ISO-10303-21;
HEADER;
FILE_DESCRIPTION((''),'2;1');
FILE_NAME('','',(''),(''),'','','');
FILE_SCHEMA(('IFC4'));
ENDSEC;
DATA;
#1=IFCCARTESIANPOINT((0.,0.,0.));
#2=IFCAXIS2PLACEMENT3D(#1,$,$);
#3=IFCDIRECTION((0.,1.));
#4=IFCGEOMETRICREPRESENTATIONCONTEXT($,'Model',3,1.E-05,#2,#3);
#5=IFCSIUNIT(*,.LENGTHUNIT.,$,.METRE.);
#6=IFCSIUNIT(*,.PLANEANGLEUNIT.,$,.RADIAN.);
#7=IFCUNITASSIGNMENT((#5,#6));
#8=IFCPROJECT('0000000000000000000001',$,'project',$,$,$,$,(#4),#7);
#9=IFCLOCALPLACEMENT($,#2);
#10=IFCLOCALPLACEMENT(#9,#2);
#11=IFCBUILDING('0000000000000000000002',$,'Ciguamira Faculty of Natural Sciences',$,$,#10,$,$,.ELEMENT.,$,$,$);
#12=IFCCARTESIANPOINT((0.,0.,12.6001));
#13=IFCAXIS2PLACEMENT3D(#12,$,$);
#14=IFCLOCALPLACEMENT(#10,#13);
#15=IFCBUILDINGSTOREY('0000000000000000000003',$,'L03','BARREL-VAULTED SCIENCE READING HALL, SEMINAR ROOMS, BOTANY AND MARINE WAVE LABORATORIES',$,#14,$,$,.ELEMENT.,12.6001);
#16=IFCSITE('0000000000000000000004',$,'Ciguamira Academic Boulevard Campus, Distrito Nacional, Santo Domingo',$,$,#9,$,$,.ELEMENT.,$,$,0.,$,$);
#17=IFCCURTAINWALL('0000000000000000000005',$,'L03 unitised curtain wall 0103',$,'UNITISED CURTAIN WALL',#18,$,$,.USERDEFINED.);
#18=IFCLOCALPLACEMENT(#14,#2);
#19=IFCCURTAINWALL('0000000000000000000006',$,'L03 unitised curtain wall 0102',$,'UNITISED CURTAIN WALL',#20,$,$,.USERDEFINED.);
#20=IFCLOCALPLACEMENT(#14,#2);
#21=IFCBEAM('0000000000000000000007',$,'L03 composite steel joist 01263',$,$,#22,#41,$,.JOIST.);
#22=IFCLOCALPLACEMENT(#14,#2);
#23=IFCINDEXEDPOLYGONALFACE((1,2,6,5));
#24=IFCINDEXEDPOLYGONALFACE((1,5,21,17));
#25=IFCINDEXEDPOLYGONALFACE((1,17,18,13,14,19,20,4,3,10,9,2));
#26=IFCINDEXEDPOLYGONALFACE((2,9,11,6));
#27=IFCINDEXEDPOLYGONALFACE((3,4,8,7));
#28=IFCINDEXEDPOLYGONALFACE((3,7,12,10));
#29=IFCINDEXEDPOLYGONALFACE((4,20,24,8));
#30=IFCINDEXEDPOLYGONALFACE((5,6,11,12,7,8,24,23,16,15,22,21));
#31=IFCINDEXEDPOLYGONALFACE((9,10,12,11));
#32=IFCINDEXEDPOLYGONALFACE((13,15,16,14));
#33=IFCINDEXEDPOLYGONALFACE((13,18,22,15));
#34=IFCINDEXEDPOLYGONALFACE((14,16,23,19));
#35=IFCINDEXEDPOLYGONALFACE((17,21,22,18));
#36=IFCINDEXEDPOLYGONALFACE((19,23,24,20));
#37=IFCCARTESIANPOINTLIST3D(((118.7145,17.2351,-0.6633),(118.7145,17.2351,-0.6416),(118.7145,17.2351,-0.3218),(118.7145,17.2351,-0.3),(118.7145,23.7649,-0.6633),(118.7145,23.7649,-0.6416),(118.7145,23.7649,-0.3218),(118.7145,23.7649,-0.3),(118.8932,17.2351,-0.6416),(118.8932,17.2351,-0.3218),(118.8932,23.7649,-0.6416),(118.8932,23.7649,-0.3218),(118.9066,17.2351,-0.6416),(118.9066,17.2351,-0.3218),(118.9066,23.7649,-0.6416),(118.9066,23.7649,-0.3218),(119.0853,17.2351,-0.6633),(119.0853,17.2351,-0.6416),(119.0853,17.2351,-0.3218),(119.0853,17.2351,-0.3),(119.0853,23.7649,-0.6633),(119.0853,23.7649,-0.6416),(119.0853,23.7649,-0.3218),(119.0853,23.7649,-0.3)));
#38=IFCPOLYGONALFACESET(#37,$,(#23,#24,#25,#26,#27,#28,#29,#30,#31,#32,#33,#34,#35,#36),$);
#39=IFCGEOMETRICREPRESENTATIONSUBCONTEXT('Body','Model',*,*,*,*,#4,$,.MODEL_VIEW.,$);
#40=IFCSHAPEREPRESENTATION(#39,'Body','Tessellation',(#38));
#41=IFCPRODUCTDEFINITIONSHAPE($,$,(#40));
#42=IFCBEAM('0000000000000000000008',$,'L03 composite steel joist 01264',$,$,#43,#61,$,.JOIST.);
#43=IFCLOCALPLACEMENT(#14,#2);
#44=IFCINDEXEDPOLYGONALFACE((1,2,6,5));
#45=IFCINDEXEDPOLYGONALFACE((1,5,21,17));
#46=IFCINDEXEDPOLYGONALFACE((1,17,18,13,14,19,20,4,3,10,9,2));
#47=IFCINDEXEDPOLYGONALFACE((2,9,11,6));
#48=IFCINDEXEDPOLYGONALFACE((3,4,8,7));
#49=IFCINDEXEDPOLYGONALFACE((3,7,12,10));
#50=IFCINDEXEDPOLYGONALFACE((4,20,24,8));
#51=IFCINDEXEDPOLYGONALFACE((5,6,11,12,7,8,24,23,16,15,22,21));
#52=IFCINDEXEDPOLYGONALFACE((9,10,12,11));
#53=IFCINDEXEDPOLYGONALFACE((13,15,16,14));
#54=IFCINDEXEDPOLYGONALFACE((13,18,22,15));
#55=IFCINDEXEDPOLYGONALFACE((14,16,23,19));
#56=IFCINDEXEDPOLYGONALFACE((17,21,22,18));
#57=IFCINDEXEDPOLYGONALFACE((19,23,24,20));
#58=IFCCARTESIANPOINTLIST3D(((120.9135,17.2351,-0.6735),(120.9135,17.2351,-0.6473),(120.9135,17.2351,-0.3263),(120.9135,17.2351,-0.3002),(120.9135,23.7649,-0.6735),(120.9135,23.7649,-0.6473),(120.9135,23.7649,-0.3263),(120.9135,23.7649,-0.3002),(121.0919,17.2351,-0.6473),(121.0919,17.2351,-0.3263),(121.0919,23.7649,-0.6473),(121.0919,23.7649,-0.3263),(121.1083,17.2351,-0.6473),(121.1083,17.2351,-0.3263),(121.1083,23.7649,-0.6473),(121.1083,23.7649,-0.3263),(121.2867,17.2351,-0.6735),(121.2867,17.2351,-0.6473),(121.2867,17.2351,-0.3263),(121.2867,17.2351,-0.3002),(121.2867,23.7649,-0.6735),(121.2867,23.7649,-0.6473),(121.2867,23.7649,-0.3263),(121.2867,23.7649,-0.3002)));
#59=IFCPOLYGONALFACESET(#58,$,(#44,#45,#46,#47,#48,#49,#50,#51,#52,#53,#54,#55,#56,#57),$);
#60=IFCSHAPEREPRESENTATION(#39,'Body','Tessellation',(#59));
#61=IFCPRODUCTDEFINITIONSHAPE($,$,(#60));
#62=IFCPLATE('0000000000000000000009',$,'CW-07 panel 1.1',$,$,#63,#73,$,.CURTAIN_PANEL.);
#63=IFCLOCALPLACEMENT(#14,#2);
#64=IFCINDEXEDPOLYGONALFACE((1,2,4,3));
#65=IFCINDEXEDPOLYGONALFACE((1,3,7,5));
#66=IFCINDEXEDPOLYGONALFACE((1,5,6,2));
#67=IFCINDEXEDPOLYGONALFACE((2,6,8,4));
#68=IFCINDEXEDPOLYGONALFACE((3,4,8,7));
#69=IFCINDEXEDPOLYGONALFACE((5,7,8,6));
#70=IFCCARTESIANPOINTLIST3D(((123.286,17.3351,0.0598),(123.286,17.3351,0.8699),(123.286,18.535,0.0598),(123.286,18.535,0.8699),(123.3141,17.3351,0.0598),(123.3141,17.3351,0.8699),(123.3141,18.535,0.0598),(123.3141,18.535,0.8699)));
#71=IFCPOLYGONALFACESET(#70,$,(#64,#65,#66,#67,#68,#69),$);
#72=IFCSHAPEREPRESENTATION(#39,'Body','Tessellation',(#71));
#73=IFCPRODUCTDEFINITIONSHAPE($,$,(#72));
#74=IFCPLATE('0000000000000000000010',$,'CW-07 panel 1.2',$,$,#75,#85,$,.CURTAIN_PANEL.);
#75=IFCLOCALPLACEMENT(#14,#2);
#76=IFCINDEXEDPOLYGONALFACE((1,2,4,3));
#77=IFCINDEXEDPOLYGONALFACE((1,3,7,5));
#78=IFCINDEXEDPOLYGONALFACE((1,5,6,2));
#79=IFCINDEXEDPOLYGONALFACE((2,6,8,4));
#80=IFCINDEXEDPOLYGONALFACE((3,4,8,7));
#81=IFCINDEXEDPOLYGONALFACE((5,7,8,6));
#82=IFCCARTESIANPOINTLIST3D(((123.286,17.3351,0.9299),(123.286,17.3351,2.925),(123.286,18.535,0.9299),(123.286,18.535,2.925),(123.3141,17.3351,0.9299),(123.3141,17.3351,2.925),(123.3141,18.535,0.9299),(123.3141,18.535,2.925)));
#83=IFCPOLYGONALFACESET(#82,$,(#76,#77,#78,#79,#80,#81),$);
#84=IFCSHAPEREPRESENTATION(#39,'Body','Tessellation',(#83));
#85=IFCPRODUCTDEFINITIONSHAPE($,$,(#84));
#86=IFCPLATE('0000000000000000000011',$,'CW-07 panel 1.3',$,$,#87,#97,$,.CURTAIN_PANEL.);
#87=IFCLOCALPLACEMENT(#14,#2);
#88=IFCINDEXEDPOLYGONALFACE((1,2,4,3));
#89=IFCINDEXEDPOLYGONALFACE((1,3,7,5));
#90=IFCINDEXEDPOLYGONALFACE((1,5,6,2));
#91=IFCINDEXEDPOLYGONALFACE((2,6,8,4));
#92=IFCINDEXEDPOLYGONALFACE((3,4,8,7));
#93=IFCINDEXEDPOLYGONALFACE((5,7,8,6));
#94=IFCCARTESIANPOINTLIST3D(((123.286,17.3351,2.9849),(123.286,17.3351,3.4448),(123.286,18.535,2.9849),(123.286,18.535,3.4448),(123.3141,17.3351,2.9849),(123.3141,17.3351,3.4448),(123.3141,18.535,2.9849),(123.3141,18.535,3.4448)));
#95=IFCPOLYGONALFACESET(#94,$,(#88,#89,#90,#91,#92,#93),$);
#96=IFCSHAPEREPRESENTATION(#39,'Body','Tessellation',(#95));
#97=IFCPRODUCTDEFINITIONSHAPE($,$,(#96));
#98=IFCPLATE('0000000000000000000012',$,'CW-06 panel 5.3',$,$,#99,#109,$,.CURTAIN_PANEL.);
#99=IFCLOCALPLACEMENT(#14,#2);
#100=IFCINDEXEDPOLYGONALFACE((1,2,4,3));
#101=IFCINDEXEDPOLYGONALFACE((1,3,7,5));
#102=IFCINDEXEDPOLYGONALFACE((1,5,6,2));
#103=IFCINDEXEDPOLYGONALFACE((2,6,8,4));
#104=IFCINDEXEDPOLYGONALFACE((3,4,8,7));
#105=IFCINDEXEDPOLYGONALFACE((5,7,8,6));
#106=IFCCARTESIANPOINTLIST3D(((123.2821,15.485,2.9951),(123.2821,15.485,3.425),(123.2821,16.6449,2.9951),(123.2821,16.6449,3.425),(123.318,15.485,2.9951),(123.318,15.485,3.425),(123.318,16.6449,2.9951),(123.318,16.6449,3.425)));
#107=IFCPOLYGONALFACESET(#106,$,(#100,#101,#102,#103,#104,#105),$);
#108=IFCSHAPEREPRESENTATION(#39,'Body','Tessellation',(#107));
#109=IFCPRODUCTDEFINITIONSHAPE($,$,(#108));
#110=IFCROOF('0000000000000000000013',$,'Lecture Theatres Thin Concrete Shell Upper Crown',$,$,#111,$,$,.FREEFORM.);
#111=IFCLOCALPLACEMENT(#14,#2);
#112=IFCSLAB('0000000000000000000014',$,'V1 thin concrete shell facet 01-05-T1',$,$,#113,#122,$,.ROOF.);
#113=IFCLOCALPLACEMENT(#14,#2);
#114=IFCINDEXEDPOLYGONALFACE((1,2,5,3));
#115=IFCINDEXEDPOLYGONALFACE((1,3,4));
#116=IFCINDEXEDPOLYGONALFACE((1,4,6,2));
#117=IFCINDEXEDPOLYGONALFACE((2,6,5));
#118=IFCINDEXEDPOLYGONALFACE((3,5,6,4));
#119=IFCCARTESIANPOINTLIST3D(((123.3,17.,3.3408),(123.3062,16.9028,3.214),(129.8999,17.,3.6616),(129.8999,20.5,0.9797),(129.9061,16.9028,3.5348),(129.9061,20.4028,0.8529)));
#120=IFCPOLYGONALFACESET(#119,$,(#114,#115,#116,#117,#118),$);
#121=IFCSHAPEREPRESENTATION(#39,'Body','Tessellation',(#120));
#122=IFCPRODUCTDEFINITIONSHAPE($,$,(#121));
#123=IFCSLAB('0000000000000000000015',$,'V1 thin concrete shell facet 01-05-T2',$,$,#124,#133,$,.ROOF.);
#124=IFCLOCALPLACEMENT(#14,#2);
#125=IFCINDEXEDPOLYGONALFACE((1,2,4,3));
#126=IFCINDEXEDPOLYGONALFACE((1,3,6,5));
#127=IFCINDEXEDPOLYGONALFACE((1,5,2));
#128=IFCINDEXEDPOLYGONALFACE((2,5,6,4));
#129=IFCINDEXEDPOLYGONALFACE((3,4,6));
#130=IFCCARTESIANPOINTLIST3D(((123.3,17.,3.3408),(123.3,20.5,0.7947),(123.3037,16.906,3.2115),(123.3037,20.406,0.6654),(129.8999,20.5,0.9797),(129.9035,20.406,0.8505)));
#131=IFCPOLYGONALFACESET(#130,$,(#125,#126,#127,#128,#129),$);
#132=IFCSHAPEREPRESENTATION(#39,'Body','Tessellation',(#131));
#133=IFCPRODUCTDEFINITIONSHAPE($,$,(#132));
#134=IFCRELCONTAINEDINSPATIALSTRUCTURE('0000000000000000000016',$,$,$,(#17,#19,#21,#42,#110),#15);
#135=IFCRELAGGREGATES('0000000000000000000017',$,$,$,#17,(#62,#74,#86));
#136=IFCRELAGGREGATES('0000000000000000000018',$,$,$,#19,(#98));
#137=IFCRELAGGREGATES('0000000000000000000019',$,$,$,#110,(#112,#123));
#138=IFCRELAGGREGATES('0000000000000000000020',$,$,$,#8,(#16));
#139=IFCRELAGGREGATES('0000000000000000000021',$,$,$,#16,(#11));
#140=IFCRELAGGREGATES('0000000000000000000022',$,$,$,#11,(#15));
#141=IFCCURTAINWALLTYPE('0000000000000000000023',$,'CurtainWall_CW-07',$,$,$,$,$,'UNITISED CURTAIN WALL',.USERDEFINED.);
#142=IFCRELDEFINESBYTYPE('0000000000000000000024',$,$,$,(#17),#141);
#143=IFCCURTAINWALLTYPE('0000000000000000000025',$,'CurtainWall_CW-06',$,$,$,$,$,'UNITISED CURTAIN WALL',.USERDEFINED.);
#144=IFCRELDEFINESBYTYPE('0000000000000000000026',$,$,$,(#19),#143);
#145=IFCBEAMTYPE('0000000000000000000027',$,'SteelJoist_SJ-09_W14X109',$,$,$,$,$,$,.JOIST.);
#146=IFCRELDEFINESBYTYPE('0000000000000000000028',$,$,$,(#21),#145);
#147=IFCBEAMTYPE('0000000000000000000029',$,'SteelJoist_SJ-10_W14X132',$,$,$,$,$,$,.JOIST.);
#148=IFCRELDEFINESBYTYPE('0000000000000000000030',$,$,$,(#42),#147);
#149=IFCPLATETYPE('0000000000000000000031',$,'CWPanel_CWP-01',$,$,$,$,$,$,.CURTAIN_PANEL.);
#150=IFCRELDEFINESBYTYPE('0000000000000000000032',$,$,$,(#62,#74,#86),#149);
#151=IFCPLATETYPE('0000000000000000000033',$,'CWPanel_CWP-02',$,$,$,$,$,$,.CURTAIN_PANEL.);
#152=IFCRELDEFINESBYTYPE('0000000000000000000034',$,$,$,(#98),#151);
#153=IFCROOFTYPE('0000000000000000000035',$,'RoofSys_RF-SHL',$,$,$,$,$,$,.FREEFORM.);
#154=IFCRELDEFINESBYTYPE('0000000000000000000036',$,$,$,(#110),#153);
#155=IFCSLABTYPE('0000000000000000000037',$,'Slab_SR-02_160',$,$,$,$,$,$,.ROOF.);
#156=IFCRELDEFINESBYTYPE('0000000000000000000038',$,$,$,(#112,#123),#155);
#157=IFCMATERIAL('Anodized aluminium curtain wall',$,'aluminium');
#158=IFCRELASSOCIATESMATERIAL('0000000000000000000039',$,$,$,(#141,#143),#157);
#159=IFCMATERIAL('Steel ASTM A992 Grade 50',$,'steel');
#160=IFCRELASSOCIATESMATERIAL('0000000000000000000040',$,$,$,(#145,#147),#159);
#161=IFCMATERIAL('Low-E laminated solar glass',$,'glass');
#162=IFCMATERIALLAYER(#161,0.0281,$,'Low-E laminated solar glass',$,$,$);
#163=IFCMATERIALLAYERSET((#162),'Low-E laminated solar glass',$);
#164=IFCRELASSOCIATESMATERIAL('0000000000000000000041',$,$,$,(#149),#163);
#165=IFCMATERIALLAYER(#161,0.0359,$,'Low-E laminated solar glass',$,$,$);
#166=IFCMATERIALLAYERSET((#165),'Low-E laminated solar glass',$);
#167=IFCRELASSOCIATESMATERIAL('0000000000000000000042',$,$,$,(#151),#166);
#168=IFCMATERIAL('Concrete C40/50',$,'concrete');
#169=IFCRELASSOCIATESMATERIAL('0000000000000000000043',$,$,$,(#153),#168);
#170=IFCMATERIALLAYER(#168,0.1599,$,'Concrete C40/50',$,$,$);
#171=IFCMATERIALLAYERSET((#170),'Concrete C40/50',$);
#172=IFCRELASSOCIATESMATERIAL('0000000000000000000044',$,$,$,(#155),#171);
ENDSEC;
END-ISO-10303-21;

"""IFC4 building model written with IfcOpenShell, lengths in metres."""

from ifc_helpers import new_model, si_unit, direction, frame, origin, origin_2d, place, context, subcontext, project, spatial, polyline, rectangle, i_section, outline, extrude, material, layer, layer_set, material_profile, profile_set, type_object, element, aggregate, save


model = new_model("IFC4")

# Units and contexts
model_context = context("Model", 3, precision=1e-05, world=origin(), true_north=direction((0.0, 1.0)))
body_context = subcontext(model_context, "Body", "Model", "MODEL_VIEW")
ifc_project = project(units=[si_unit("LENGTHUNIT", "METRE"), si_unit("PLANEANGLEUNIT", "RADIAN")], contexts=[model_context])

# Site, building, storey
site_placement = place(None, origin())
site = spatial("IfcSite", under=ifc_project, at=site_placement, Name="Ciguamira Academic Boulevard Campus, Distrito Nacional, Santo Domingo", CompositionType="ELEMENT", RefElevation=0.0)
building_placement = place(site_placement, origin())
building = spatial("IfcBuilding", under=site, at=building_placement, Name="Ciguamira Faculty of Natural Sciences", CompositionType="ELEMENT")
storey_placement = place(building_placement, frame((0.0, 0.0, 12.6001)))
storey = spatial("IfcBuildingStorey", under=building, at=storey_placement, Name="L03", Description="BARREL-VAULTED SCIENCE READING HALL, SEMINAR ROOMS, BOTANY AND MARINE WAVE LABORATORIES", CompositionType="ELEMENT", Elevation=12.6001)

# Shared definitions
ifc_material_1 = material(Name="Concrete C40/50", Category="concrete")

# Curtain wall
ifc_material_2 = material(Name="Anodized aluminium curtain wall", Category="aluminium")
curtain_wall_type_1 = type_object("IfcCurtainWallType", Name="CurtainWall_CW-07", ElementType="UNITISED CURTAIN WALL", PredefinedType="USERDEFINED", material=ifc_material_2)
curtain_wall_1_placement = place(storey_placement, origin())
curtain_wall_1 = element("IfcCurtainWall", 1, at=curtain_wall_1_placement, inside=storey, type_object=curtain_wall_type_1, Name="L03 unitised curtain wall 0103", ObjectType="UNITISED CURTAIN WALL", PredefinedType="USERDEFINED")

# Curtain wall
curtain_wall_type_2 = type_object("IfcCurtainWallType", Name="CurtainWall_CW-06", ElementType="UNITISED CURTAIN WALL", PredefinedType="USERDEFINED", material=ifc_material_2)
curtain_wall_2_placement = place(storey_placement, origin())
curtain_wall_2 = element("IfcCurtainWall", 2, at=curtain_wall_2_placement, inside=storey, type_object=curtain_wall_type_2, Name="L03 unitised curtain wall 0102", ObjectType="UNITISED CURTAIN WALL", PredefinedType="USERDEFINED")

# Beams
ifc_material_3 = material(Name="Steel ASTM A992 Grade 50", Category="steel")
ifc_material_profile_1 = material_profile(ifc_material_3, i_section(OverallWidth=0.3708, OverallDepth=0.3633, WebThickness=0.0134, FlangeThickness=0.0217, at=origin_2d()), Name="W14X109")
ifc_profile_set_1 = profile_set([ifc_material_profile_1], Name="Steel ASTM A992 Grade 50")
beam_type_1 = type_object("IfcBeamType", Name="SteelJoist_SJ-09_W14X109", PredefinedType="JOIST", material=ifc_profile_set_1)
beam_1_placement = place(storey_placement, frame((118.8999, 17.2351, -0.4817), z_axis=(0.0, 1.0, 0.0), x_axis=(-1.0, 0.0, 0.0)))
element("IfcBeam", 3, at=beam_1_placement, inside=storey, type_object=beam_type_1, Name="L03 composite steel joist 01263", PredefinedType="JOIST", context=body_context, shape_type="SweptSolid", body=[
    extrude(i_section(OverallWidth=0.3708, OverallDepth=0.3633, WebThickness=0.0134, FlangeThickness=0.0217, at=origin_2d()), origin(), (0.0, 0.0, 1.0), 6.5298),
])
ifc_material_profile_2 = material_profile(ifc_material_3, i_section(OverallWidth=0.3733, OverallDepth=0.3733, WebThickness=0.0164, FlangeThickness=0.0261, at=origin_2d()), Name="W14X132")
ifc_profile_set_2 = profile_set([ifc_material_profile_2], Name="Steel ASTM A992 Grade 50")
beam_type_2 = type_object("IfcBeamType", Name="SteelJoist_SJ-10_W14X132", PredefinedType="JOIST", material=ifc_profile_set_2)
beam_2_placement = place(storey_placement, frame((121.1001, 17.2351, -0.4868), z_axis=(0.0, 1.0, 0.0), x_axis=(-1.0, 0.0, 0.0)))
element("IfcBeam", 4, at=beam_2_placement, inside=storey, type_object=beam_type_2, Name="L03 composite steel joist 01264", PredefinedType="JOIST", context=body_context, shape_type="SweptSolid", body=[
    extrude(i_section(OverallWidth=0.3733, OverallDepth=0.3733, WebThickness=0.0164, FlangeThickness=0.0261, at=origin_2d()), origin(), (0.0, 0.0, 1.0), 6.5298),
])

# Plates
ifc_material_4 = material(Name="Low-E laminated solar glass", Category="glass")
ifc_layer_1 = layer(ifc_material_4, 0.0281, Name="Low-E laminated solar glass")
ifc_layer_set_1 = layer_set([ifc_layer_1], Name="Low-E laminated solar glass")
plate_type_1 = type_object("IfcPlateType", Name="CWPanel_CWP-01", PredefinedType="CURTAIN_PANEL", material=ifc_layer_set_1)
plate_1_placement = place(storey_placement, frame((123.3, 17.9351, 0.0598), z_axis=(0.0, 0.0, 1.0), x_axis=(0.0, 1.0, 0.0)))
plate_1 = element("IfcPlate", 5, at=plate_1_placement, type_object=plate_type_1, Name="CW-07 panel 1.1", PredefinedType="CURTAIN_PANEL", context=body_context, shape_type="SweptSolid", body=[
    extrude(rectangle(XDim=1.2, YDim=0.0281, at=origin_2d()), origin(), (0.0, 0.0, 1.0), 0.8101),
])
plate_2_placement = place(storey_placement, frame((123.3, 17.9351, 0.9299), z_axis=(0.0, 0.0, 1.0), x_axis=(0.0, 1.0, 0.0)))
plate_2 = element("IfcPlate", 6, at=plate_2_placement, type_object=plate_type_1, Name="CW-07 panel 1.2", PredefinedType="CURTAIN_PANEL", context=body_context, shape_type="SweptSolid", body=[
    extrude(rectangle(XDim=1.2, YDim=0.0281, at=origin_2d()), origin(), (0.0, 0.0, 1.0), 1.9951),
])
plate_3_placement = place(storey_placement, frame((123.3, 17.9351, 2.9849), z_axis=(0.0, 0.0, 1.0), x_axis=(0.0, 1.0, 0.0)))
plate_3 = element("IfcPlate", 7, at=plate_3_placement, type_object=plate_type_1, Name="CW-07 panel 1.3", PredefinedType="CURTAIN_PANEL", context=body_context, shape_type="SweptSolid", body=[
    extrude(rectangle(XDim=1.2, YDim=0.0281, at=origin_2d()), origin(), (0.0, 0.0, 1.0), 0.46),
])
aggregate(curtain_wall_1, [plate_1, plate_2, plate_3])
ifc_layer_2 = layer(ifc_material_4, 0.0359, Name="Low-E laminated solar glass")
ifc_layer_set_2 = layer_set([ifc_layer_2], Name="Low-E laminated solar glass")
plate_type_2 = type_object("IfcPlateType", Name="CWPanel_CWP-02", PredefinedType="CURTAIN_PANEL", material=ifc_layer_set_2)
plate_4_placement = place(storey_placement, frame((123.3, 16.0649, 2.9951), z_axis=(0.0, 0.0, 1.0), x_axis=(0.0, 1.0, 0.0)))
plate_4 = element("IfcPlate", 8, at=plate_4_placement, type_object=plate_type_2, Name="CW-06 panel 5.3", PredefinedType="CURTAIN_PANEL", context=body_context, shape_type="SweptSolid", body=[
    extrude(rectangle(XDim=1.1599, YDim=0.0359, at=origin_2d()), origin(), (0.0, 0.0, 1.0), 0.4299),
])
aggregate(curtain_wall_2, [plate_4])

# Roof, slabs
roof_type = type_object("IfcRoofType", Name="RoofSys_RF-SHL", PredefinedType="FREEFORM", material=ifc_material_1)
roof_placement = place(storey_placement, origin())
roof = element("IfcRoof", 9, at=roof_placement, inside=storey, type_object=roof_type, Name="Lecture Theatres Thin Concrete Shell Upper Crown", PredefinedType="FREEFORM")
ifc_layer_3 = layer(ifc_material_1, 0.1599, Name="Concrete C40/50")
ifc_layer_set_3 = layer_set([ifc_layer_3], Name="Concrete C40/50")
slab_type = type_object("IfcSlabType", Name="Slab_SR-02_160", PredefinedType="ROOF", material=ifc_layer_set_3)
slab_1_placement = place(storey_placement, frame((123.3, 17.0, 3.3408), z_axis=(-0.038554, 0.607772, 0.793175), x_axis=(0.998821, 0.0, 0.04855)))
slab_1 = element("IfcSlab", 10, at=slab_1_placement, type_object=slab_type, Name="V1 thin concrete shell facet 01-05-T1", PredefinedType="ROOF", context=body_context, shape_type="SweptSolid", body=[
    extrude(outline(polyline([(0.0, 0.0), (6.6076, 0.0), (6.4774, 4.4074), (0.0, 0.0)])), origin(), (0.0, 0.0, -1.0), 0.1599),
])
slab_2_placement = place(storey_placement, frame((123.3, 17.0, 3.3408), z_axis=(-0.022669, 0.588124, 0.808453), x_axis=(0.842386, 0.44673, -0.301362)))
slab_2 = element("IfcSlab", 11, at=slab_2_placement, type_object=slab_type, Name="V1 thin concrete shell facet 01-05-T2", PredefinedType="ROOF", context=body_context, shape_type="SweptSolid", body=[
    extrude(outline(polyline([(0.0, 0.0), (7.8347, 0.0), (2.3309, 3.6469), (0.0, 0.0)])), origin(), (0.0, 0.0, -1.0), 0.1599),
])
aggregate(roof, [slab_1, slab_2])

save(model, "model.ifc")
